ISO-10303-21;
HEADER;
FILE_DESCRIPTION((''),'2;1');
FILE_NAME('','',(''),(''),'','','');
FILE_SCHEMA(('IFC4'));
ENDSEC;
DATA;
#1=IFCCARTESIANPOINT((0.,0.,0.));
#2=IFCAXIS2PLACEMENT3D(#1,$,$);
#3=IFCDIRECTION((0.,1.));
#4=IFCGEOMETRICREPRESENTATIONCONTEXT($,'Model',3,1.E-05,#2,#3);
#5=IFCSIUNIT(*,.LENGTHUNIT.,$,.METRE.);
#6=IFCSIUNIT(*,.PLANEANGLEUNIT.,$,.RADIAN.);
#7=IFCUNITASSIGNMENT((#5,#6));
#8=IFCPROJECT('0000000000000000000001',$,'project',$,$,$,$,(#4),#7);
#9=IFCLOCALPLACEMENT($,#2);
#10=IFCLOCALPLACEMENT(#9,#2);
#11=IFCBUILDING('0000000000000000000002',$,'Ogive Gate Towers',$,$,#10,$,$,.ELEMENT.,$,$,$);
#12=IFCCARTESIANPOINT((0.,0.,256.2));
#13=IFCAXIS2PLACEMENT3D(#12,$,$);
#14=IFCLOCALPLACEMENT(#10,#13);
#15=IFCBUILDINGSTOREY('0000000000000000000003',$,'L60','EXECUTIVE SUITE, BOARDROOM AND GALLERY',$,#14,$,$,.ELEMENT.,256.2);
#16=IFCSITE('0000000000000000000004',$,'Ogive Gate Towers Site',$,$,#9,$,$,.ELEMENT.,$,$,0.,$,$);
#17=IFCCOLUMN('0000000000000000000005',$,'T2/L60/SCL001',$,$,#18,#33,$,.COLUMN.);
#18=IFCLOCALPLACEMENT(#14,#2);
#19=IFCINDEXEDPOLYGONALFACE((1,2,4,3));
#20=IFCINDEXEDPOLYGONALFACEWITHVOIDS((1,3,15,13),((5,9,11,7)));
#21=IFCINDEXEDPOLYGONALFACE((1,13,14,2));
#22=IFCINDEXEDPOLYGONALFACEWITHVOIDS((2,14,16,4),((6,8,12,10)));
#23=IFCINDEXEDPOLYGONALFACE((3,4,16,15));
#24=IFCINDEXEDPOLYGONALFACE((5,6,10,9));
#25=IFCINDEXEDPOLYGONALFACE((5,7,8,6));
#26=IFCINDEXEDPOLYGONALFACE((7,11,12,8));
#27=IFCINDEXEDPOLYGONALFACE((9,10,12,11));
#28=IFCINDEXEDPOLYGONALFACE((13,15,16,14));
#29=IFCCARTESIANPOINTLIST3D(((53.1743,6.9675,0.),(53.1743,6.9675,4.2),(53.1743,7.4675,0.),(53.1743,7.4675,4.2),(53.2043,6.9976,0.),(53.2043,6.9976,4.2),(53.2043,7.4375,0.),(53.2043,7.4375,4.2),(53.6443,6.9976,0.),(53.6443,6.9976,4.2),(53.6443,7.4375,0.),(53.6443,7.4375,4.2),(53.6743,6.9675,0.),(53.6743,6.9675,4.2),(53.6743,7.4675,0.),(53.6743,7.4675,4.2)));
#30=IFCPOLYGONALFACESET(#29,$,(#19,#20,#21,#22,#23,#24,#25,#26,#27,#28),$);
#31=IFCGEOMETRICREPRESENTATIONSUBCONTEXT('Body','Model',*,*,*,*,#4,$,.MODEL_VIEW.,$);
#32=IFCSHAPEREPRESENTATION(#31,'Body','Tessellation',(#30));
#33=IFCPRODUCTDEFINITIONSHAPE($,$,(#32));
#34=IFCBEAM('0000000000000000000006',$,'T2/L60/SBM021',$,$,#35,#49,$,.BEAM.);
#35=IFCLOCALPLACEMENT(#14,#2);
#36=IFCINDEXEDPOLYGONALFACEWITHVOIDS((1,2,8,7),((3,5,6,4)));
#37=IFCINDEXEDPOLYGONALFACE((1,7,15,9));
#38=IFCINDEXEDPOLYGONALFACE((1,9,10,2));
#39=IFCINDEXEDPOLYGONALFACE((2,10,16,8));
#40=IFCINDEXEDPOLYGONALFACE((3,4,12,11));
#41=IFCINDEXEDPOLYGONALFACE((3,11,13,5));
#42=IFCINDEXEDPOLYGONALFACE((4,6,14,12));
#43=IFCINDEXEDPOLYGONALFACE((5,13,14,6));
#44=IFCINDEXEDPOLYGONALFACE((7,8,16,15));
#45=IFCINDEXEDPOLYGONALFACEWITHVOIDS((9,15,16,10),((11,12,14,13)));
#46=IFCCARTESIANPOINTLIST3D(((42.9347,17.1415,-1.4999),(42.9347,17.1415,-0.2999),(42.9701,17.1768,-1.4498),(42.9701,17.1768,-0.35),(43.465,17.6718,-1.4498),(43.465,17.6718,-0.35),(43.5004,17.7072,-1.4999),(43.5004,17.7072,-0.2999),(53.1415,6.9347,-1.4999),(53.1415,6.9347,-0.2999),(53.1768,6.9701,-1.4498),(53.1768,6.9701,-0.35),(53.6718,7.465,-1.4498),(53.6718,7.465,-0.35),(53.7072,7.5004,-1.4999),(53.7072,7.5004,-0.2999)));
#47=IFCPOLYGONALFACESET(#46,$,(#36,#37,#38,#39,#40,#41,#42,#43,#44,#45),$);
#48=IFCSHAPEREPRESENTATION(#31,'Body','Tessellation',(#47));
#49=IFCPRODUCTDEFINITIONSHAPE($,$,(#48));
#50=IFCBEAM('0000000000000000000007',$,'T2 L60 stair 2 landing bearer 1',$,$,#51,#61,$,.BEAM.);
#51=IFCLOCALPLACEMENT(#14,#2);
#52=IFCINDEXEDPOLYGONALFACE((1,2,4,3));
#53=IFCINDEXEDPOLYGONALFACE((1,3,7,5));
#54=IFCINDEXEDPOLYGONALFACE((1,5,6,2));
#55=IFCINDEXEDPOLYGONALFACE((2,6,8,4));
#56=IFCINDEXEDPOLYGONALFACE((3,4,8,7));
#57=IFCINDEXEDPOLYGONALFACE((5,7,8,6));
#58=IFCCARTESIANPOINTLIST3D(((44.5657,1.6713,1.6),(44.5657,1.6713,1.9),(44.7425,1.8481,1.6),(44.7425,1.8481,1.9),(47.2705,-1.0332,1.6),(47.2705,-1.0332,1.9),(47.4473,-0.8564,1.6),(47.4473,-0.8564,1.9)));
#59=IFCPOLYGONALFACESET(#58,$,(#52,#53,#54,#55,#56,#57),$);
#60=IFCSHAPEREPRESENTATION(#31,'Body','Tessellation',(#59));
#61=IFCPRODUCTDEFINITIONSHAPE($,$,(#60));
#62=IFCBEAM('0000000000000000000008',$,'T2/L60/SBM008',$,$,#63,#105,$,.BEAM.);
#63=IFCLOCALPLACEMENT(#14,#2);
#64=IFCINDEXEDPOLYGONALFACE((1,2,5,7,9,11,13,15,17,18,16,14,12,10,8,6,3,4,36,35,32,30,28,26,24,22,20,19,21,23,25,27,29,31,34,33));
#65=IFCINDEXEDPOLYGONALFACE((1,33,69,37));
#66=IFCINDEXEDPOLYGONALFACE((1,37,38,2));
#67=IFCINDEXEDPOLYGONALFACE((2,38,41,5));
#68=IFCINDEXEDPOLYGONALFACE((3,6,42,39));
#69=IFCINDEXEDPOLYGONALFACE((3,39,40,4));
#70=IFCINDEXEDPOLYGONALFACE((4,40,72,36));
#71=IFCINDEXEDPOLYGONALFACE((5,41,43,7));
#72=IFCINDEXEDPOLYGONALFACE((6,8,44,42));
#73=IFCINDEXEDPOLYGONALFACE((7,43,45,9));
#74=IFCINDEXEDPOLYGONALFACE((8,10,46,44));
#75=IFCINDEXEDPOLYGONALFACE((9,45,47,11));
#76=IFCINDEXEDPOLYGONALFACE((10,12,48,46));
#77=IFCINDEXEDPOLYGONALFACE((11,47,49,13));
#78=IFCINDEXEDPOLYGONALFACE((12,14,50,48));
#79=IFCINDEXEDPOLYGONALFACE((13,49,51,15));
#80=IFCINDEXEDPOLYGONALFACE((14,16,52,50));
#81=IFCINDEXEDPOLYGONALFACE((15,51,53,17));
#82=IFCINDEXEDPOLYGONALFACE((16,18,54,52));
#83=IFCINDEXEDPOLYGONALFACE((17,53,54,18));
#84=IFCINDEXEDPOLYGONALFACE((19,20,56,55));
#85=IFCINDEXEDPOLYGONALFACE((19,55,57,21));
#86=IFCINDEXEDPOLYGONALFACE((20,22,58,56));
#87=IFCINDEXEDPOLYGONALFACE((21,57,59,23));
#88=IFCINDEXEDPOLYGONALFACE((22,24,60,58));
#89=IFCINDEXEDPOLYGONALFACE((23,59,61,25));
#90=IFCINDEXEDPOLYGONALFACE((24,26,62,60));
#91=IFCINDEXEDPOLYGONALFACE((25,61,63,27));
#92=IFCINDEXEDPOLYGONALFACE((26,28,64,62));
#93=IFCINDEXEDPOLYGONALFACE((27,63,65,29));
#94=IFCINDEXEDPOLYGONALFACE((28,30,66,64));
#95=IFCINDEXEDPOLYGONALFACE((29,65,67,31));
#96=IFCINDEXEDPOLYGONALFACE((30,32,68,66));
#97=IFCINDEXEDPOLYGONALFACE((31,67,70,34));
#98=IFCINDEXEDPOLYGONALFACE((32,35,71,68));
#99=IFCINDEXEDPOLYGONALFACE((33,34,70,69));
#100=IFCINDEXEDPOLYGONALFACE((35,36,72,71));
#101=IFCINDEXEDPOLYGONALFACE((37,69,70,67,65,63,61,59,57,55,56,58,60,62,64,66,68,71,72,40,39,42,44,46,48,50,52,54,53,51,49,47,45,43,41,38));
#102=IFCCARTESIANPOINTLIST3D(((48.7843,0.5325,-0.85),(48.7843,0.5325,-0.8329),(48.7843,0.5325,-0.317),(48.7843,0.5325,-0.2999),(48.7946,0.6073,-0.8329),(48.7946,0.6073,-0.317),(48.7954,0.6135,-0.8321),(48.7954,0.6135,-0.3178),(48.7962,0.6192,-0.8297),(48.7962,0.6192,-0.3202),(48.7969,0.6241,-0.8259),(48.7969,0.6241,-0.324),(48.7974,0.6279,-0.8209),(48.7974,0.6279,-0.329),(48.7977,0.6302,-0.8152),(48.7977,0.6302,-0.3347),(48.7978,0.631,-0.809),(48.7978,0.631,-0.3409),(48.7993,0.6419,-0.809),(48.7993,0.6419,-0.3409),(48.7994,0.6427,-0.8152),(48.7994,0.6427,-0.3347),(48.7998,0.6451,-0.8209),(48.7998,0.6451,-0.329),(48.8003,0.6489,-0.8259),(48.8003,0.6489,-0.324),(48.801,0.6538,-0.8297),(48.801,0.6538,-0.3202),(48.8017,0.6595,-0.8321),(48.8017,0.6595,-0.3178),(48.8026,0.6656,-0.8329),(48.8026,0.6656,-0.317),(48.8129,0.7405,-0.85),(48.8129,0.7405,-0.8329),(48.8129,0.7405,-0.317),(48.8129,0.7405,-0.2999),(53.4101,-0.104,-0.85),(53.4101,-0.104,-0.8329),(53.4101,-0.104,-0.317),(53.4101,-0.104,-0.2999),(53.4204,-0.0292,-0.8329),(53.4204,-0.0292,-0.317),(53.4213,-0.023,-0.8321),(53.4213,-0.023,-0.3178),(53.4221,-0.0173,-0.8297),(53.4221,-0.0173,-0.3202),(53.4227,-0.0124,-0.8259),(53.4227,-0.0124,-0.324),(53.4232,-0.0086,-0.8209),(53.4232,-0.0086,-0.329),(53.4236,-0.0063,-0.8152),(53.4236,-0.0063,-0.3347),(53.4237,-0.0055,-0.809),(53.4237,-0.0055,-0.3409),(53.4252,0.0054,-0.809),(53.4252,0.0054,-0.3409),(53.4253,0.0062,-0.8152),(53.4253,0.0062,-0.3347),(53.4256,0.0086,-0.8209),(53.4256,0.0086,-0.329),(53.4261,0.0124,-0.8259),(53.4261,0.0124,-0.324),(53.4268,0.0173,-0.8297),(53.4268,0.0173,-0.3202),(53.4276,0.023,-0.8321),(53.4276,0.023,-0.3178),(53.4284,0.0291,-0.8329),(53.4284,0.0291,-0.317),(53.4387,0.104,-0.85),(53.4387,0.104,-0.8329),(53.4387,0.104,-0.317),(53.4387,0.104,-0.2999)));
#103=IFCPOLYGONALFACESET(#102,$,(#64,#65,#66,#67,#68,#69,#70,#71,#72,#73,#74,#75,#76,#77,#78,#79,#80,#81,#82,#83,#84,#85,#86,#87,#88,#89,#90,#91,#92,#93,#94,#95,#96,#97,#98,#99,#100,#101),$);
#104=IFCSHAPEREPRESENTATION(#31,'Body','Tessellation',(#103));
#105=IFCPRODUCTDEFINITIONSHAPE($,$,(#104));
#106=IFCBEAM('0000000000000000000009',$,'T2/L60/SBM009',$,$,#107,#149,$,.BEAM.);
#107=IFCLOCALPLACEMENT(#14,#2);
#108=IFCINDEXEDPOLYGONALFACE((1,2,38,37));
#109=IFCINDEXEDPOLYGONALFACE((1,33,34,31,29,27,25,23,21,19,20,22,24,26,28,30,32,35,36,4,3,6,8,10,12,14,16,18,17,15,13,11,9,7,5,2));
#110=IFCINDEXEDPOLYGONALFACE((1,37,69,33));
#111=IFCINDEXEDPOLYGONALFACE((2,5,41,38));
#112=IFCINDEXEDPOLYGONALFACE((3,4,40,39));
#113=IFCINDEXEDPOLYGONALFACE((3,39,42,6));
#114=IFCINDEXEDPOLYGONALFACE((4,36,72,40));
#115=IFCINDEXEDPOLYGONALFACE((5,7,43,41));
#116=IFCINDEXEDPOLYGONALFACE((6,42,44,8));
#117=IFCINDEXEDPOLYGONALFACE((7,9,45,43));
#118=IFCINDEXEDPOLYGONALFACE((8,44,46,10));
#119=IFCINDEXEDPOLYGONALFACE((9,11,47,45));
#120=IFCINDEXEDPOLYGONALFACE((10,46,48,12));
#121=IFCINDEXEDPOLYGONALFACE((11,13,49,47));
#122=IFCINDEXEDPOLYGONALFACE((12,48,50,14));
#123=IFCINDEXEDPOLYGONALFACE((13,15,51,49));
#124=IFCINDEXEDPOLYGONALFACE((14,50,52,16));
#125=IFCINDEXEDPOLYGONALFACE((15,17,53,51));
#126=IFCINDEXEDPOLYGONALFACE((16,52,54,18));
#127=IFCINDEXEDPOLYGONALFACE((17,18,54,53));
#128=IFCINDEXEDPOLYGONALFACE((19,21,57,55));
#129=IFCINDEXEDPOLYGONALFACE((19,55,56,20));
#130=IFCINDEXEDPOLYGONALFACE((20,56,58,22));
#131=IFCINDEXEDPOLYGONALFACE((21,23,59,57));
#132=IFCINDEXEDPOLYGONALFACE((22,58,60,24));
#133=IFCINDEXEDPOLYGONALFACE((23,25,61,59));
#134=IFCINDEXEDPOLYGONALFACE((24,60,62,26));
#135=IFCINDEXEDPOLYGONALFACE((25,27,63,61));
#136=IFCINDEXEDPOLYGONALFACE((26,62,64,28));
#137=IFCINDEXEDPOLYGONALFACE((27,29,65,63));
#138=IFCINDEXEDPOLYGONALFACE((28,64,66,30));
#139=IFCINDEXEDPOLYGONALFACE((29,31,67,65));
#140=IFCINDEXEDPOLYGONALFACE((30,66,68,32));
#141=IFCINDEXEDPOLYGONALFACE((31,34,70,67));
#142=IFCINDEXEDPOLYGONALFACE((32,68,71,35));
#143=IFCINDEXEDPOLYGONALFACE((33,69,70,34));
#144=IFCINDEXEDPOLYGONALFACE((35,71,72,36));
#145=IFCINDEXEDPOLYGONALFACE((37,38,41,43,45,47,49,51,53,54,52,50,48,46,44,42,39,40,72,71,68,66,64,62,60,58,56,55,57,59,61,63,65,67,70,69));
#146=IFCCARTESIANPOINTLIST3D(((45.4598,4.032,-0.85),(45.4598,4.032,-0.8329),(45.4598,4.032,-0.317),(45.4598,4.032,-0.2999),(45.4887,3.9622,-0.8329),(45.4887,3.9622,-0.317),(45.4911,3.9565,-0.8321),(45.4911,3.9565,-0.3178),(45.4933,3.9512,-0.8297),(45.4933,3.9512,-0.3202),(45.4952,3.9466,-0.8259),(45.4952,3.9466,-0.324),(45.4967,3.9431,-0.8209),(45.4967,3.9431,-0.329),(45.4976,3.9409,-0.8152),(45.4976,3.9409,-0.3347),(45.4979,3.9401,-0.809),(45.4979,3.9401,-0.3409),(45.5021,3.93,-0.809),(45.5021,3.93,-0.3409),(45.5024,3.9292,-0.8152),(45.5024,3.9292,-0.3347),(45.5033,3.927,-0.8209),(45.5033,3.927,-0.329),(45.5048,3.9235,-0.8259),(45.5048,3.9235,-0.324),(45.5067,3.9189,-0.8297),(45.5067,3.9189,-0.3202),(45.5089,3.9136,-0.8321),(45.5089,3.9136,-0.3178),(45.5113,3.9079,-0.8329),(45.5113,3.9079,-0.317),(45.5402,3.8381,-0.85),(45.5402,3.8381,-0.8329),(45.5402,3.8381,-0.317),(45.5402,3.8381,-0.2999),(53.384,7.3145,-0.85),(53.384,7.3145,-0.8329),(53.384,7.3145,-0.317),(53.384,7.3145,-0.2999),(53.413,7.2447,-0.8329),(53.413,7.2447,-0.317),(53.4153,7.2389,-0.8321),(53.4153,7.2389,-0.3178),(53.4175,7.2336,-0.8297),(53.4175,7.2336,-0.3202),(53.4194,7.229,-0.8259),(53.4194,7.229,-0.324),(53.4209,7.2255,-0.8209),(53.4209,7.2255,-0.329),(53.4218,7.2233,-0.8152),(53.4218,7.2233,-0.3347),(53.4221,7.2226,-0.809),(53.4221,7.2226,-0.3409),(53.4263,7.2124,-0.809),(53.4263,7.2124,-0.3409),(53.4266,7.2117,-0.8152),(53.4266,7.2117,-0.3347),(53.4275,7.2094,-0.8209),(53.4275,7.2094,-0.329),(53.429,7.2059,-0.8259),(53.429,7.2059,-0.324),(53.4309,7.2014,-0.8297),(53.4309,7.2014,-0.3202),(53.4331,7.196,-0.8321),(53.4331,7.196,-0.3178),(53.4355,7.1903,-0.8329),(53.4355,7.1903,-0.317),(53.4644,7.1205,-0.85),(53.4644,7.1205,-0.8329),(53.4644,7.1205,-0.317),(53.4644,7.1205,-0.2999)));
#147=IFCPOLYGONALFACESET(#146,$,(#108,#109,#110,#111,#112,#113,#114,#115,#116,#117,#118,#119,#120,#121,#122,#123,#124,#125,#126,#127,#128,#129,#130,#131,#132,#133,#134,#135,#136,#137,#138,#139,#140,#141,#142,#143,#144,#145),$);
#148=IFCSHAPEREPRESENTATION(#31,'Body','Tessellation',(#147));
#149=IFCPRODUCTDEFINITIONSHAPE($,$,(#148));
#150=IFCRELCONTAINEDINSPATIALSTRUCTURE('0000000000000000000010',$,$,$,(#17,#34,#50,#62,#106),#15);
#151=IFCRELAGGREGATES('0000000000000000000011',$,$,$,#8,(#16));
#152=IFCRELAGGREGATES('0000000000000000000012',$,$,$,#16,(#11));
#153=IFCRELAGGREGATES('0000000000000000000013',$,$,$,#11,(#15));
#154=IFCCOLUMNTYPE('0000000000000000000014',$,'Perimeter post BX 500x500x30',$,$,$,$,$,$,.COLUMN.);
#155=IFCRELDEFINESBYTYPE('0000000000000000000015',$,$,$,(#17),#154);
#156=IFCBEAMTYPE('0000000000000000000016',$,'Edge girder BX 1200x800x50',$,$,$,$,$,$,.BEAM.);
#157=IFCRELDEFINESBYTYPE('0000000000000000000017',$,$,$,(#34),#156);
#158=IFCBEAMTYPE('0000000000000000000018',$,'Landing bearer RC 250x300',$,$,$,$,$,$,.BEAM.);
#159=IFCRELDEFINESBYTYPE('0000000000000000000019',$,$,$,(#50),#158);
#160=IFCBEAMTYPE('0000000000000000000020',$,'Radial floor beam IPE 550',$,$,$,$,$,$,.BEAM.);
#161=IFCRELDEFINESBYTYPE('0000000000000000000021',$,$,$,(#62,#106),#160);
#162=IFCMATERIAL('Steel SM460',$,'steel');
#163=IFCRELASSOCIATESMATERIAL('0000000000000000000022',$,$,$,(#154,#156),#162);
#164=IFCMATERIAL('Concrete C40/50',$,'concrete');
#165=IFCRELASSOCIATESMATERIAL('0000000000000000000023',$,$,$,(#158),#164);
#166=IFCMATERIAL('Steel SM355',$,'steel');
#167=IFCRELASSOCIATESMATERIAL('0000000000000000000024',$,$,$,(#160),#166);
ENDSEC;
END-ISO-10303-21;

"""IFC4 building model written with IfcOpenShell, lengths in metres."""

from ifc_helpers import new_model, si_unit, direction, frame, origin, origin_2d, place, context, subcontext, project, spatial, rectangle, hollow_rectangle, i_section, extrude, material, material_profile, profile_set, type_object, element, save


model = new_model("IFC4")

# Units and contexts
model_context = context("Model", 3, precision=1e-05, world=origin(), true_north=direction((0.0, 1.0)))
body_context = subcontext(model_context, "Body", "Model", "MODEL_VIEW")
ifc_project = project(units=[si_unit("LENGTHUNIT", "METRE"), si_unit("PLANEANGLEUNIT", "RADIAN")], contexts=[model_context])

# Site, building, storey
site_placement = place(None, origin())
site = spatial("IfcSite", under=ifc_project, at=site_placement, Name="Ogive Gate Towers Site", CompositionType="ELEMENT", RefElevation=0.0)
building_placement = place(site_placement, origin())
building = spatial("IfcBuilding", under=site, at=building_placement, Name="Ogive Gate Towers", CompositionType="ELEMENT")
storey_placement = place(building_placement, frame((0.0, 0.0, 256.2)))
storey = spatial("IfcBuildingStorey", under=building, at=storey_placement, Name="L60", Description="EXECUTIVE SUITE, BOARDROOM AND GALLERY", CompositionType="ELEMENT", Elevation=256.2)

# Column
ifc_material_1 = material(Name="Steel SM460", Category="steel")
ifc_material_profile_1 = material_profile(ifc_material_1, hollow_rectangle(XDim=0.5, YDim=0.5, WallThickness=0.03, at=origin_2d()), Name="BX 500x500x30")
ifc_profile_set_1 = profile_set([ifc_material_profile_1], Name="Steel SM460")
column_type = type_object("IfcColumnType", Name="Perimeter post BX 500x500x30", PredefinedType="COLUMN", material=ifc_profile_set_1)
column_placement = place(storey_placement, frame((53.4243, 7.2175, 0.0), z_axis=(0.0, 0.0, 1.0), x_axis=(1.0, 0.0, 0.0)))
element("IfcColumn", 1, at=column_placement, inside=storey, type_object=column_type, Name="T2/L60/SCL001", PredefinedType="COLUMN", context=body_context, shape_type="SweptSolid", body=[
    extrude(hollow_rectangle(XDim=0.5, YDim=0.5, WallThickness=0.03, at=origin_2d()), origin(), (0.0, 0.0, 1.0), 4.2),
])

# Beams
ifc_material_profile_2 = material_profile(ifc_material_1, hollow_rectangle(XDim=0.8, YDim=1.2, WallThickness=0.05, at=origin_2d()), Name="BX 1200x800x50")
ifc_profile_set_2 = profile_set([ifc_material_profile_2], Name="Steel SM460")
beam_type_1 = type_object("IfcBeamType", Name="Edge girder BX 1200x800x50", PredefinedType="BEAM", material=ifc_profile_set_2)
beam_1_placement = place(storey_placement, frame((53.4243, 7.2175, -0.8999), z_axis=(-0.707107, 0.707107, 0.0), x_axis=(-0.707107, -0.707107, 0.0)))
element("IfcBeam", 2, at=beam_1_placement, inside=storey, type_object=beam_type_1, Name="T2/L60/SBM021", PredefinedType="BEAM", context=body_context, shape_type="SweptSolid", body=[
    extrude(hollow_rectangle(XDim=0.8, YDim=1.2, WallThickness=0.05, at=origin_2d()), origin(), (0.0, 0.0, 1.0), 14.4346),
])
ifc_material_2 = material(Name="Concrete C40/50", Category="concrete")
ifc_material_profile_3 = material_profile(ifc_material_2, rectangle(XDim=0.25, YDim=0.3, at=origin_2d()), Name="RC 250x300")
ifc_profile_set_3 = profile_set([ifc_material_profile_3], Name="Concrete C40/50")
beam_type_2 = type_object("IfcBeamType", Name="Landing bearer RC 250x300", PredefinedType="BEAM", material=ifc_profile_set_3)
beam_2_placement = place(storey_placement, frame((47.3589, -0.9448, 1.75), z_axis=(-0.707139, 0.707075, 0.0), x_axis=(-0.707075, -0.707139, 0.0)))
element("IfcBeam", 3, at=beam_2_placement, inside=storey, type_object=beam_type_2, Name="T2 L60 stair 2 landing bearer 1", PredefinedType="BEAM", context=body_context, shape_type="SweptSolid", body=[
    extrude(rectangle(XDim=0.25, YDim=0.3, at=origin_2d()), origin(), (0.0, 0.0, 1.0), 3.825),
])
ifc_material_3 = material(Name="Steel SM355", Category="steel")
ifc_material_profile_4 = material_profile(ifc_material_3, i_section(OverallWidth=0.21, OverallDepth=0.55, WebThickness=0.011, FlangeThickness=0.0171, FilletRadius=0.0239, at=origin_2d()), Name="IPE 550")
ifc_profile_set_4 = profile_set([ifc_material_profile_4], Name="Steel SM355")
beam_type_3 = type_object("IfcBeamType", Name="Radial floor beam IPE 550", PredefinedType="BEAM", material=ifc_profile_set_4)
beam_3_placement = place(storey_placement, frame((48.7986, 0.6365, -0.575), z_axis=(0.990666, -0.13631, 0.0), x_axis=(0.13631, 0.990666, 0.0)))
element("IfcBeam", 4, at=beam_3_placement, inside=storey, type_object=beam_type_3, Name="T2/L60/SBM008", PredefinedType="BEAM", context=body_context, shape_type="SweptSolid", body=[
    extrude(i_section(OverallWidth=0.21, OverallDepth=0.55, WebThickness=0.011, FlangeThickness=0.0171, FilletRadius=0.0239, at=origin_2d()), origin(), (0.0, 0.0, 1.0), 4.6694),
])
beam_4_placement = place(storey_placement, frame((45.5, 3.9351, -0.575), z_axis=(0.923875, 0.382695, 0.0), x_axis=(-0.382695, 0.923875, 0.0)))
element("IfcBeam", 5, at=beam_4_placement, inside=storey, type_object=beam_type_3, Name="T2/L60/SBM009", PredefinedType="BEAM", context=body_context, shape_type="SweptSolid", body=[
    extrude(i_section(OverallWidth=0.21, OverallDepth=0.55, WebThickness=0.011, FlangeThickness=0.0171, FilletRadius=0.0239, at=origin_2d()), origin(), (0.0, 0.0, 1.0), 8.5771),
])

save(model, "model.ifc")
